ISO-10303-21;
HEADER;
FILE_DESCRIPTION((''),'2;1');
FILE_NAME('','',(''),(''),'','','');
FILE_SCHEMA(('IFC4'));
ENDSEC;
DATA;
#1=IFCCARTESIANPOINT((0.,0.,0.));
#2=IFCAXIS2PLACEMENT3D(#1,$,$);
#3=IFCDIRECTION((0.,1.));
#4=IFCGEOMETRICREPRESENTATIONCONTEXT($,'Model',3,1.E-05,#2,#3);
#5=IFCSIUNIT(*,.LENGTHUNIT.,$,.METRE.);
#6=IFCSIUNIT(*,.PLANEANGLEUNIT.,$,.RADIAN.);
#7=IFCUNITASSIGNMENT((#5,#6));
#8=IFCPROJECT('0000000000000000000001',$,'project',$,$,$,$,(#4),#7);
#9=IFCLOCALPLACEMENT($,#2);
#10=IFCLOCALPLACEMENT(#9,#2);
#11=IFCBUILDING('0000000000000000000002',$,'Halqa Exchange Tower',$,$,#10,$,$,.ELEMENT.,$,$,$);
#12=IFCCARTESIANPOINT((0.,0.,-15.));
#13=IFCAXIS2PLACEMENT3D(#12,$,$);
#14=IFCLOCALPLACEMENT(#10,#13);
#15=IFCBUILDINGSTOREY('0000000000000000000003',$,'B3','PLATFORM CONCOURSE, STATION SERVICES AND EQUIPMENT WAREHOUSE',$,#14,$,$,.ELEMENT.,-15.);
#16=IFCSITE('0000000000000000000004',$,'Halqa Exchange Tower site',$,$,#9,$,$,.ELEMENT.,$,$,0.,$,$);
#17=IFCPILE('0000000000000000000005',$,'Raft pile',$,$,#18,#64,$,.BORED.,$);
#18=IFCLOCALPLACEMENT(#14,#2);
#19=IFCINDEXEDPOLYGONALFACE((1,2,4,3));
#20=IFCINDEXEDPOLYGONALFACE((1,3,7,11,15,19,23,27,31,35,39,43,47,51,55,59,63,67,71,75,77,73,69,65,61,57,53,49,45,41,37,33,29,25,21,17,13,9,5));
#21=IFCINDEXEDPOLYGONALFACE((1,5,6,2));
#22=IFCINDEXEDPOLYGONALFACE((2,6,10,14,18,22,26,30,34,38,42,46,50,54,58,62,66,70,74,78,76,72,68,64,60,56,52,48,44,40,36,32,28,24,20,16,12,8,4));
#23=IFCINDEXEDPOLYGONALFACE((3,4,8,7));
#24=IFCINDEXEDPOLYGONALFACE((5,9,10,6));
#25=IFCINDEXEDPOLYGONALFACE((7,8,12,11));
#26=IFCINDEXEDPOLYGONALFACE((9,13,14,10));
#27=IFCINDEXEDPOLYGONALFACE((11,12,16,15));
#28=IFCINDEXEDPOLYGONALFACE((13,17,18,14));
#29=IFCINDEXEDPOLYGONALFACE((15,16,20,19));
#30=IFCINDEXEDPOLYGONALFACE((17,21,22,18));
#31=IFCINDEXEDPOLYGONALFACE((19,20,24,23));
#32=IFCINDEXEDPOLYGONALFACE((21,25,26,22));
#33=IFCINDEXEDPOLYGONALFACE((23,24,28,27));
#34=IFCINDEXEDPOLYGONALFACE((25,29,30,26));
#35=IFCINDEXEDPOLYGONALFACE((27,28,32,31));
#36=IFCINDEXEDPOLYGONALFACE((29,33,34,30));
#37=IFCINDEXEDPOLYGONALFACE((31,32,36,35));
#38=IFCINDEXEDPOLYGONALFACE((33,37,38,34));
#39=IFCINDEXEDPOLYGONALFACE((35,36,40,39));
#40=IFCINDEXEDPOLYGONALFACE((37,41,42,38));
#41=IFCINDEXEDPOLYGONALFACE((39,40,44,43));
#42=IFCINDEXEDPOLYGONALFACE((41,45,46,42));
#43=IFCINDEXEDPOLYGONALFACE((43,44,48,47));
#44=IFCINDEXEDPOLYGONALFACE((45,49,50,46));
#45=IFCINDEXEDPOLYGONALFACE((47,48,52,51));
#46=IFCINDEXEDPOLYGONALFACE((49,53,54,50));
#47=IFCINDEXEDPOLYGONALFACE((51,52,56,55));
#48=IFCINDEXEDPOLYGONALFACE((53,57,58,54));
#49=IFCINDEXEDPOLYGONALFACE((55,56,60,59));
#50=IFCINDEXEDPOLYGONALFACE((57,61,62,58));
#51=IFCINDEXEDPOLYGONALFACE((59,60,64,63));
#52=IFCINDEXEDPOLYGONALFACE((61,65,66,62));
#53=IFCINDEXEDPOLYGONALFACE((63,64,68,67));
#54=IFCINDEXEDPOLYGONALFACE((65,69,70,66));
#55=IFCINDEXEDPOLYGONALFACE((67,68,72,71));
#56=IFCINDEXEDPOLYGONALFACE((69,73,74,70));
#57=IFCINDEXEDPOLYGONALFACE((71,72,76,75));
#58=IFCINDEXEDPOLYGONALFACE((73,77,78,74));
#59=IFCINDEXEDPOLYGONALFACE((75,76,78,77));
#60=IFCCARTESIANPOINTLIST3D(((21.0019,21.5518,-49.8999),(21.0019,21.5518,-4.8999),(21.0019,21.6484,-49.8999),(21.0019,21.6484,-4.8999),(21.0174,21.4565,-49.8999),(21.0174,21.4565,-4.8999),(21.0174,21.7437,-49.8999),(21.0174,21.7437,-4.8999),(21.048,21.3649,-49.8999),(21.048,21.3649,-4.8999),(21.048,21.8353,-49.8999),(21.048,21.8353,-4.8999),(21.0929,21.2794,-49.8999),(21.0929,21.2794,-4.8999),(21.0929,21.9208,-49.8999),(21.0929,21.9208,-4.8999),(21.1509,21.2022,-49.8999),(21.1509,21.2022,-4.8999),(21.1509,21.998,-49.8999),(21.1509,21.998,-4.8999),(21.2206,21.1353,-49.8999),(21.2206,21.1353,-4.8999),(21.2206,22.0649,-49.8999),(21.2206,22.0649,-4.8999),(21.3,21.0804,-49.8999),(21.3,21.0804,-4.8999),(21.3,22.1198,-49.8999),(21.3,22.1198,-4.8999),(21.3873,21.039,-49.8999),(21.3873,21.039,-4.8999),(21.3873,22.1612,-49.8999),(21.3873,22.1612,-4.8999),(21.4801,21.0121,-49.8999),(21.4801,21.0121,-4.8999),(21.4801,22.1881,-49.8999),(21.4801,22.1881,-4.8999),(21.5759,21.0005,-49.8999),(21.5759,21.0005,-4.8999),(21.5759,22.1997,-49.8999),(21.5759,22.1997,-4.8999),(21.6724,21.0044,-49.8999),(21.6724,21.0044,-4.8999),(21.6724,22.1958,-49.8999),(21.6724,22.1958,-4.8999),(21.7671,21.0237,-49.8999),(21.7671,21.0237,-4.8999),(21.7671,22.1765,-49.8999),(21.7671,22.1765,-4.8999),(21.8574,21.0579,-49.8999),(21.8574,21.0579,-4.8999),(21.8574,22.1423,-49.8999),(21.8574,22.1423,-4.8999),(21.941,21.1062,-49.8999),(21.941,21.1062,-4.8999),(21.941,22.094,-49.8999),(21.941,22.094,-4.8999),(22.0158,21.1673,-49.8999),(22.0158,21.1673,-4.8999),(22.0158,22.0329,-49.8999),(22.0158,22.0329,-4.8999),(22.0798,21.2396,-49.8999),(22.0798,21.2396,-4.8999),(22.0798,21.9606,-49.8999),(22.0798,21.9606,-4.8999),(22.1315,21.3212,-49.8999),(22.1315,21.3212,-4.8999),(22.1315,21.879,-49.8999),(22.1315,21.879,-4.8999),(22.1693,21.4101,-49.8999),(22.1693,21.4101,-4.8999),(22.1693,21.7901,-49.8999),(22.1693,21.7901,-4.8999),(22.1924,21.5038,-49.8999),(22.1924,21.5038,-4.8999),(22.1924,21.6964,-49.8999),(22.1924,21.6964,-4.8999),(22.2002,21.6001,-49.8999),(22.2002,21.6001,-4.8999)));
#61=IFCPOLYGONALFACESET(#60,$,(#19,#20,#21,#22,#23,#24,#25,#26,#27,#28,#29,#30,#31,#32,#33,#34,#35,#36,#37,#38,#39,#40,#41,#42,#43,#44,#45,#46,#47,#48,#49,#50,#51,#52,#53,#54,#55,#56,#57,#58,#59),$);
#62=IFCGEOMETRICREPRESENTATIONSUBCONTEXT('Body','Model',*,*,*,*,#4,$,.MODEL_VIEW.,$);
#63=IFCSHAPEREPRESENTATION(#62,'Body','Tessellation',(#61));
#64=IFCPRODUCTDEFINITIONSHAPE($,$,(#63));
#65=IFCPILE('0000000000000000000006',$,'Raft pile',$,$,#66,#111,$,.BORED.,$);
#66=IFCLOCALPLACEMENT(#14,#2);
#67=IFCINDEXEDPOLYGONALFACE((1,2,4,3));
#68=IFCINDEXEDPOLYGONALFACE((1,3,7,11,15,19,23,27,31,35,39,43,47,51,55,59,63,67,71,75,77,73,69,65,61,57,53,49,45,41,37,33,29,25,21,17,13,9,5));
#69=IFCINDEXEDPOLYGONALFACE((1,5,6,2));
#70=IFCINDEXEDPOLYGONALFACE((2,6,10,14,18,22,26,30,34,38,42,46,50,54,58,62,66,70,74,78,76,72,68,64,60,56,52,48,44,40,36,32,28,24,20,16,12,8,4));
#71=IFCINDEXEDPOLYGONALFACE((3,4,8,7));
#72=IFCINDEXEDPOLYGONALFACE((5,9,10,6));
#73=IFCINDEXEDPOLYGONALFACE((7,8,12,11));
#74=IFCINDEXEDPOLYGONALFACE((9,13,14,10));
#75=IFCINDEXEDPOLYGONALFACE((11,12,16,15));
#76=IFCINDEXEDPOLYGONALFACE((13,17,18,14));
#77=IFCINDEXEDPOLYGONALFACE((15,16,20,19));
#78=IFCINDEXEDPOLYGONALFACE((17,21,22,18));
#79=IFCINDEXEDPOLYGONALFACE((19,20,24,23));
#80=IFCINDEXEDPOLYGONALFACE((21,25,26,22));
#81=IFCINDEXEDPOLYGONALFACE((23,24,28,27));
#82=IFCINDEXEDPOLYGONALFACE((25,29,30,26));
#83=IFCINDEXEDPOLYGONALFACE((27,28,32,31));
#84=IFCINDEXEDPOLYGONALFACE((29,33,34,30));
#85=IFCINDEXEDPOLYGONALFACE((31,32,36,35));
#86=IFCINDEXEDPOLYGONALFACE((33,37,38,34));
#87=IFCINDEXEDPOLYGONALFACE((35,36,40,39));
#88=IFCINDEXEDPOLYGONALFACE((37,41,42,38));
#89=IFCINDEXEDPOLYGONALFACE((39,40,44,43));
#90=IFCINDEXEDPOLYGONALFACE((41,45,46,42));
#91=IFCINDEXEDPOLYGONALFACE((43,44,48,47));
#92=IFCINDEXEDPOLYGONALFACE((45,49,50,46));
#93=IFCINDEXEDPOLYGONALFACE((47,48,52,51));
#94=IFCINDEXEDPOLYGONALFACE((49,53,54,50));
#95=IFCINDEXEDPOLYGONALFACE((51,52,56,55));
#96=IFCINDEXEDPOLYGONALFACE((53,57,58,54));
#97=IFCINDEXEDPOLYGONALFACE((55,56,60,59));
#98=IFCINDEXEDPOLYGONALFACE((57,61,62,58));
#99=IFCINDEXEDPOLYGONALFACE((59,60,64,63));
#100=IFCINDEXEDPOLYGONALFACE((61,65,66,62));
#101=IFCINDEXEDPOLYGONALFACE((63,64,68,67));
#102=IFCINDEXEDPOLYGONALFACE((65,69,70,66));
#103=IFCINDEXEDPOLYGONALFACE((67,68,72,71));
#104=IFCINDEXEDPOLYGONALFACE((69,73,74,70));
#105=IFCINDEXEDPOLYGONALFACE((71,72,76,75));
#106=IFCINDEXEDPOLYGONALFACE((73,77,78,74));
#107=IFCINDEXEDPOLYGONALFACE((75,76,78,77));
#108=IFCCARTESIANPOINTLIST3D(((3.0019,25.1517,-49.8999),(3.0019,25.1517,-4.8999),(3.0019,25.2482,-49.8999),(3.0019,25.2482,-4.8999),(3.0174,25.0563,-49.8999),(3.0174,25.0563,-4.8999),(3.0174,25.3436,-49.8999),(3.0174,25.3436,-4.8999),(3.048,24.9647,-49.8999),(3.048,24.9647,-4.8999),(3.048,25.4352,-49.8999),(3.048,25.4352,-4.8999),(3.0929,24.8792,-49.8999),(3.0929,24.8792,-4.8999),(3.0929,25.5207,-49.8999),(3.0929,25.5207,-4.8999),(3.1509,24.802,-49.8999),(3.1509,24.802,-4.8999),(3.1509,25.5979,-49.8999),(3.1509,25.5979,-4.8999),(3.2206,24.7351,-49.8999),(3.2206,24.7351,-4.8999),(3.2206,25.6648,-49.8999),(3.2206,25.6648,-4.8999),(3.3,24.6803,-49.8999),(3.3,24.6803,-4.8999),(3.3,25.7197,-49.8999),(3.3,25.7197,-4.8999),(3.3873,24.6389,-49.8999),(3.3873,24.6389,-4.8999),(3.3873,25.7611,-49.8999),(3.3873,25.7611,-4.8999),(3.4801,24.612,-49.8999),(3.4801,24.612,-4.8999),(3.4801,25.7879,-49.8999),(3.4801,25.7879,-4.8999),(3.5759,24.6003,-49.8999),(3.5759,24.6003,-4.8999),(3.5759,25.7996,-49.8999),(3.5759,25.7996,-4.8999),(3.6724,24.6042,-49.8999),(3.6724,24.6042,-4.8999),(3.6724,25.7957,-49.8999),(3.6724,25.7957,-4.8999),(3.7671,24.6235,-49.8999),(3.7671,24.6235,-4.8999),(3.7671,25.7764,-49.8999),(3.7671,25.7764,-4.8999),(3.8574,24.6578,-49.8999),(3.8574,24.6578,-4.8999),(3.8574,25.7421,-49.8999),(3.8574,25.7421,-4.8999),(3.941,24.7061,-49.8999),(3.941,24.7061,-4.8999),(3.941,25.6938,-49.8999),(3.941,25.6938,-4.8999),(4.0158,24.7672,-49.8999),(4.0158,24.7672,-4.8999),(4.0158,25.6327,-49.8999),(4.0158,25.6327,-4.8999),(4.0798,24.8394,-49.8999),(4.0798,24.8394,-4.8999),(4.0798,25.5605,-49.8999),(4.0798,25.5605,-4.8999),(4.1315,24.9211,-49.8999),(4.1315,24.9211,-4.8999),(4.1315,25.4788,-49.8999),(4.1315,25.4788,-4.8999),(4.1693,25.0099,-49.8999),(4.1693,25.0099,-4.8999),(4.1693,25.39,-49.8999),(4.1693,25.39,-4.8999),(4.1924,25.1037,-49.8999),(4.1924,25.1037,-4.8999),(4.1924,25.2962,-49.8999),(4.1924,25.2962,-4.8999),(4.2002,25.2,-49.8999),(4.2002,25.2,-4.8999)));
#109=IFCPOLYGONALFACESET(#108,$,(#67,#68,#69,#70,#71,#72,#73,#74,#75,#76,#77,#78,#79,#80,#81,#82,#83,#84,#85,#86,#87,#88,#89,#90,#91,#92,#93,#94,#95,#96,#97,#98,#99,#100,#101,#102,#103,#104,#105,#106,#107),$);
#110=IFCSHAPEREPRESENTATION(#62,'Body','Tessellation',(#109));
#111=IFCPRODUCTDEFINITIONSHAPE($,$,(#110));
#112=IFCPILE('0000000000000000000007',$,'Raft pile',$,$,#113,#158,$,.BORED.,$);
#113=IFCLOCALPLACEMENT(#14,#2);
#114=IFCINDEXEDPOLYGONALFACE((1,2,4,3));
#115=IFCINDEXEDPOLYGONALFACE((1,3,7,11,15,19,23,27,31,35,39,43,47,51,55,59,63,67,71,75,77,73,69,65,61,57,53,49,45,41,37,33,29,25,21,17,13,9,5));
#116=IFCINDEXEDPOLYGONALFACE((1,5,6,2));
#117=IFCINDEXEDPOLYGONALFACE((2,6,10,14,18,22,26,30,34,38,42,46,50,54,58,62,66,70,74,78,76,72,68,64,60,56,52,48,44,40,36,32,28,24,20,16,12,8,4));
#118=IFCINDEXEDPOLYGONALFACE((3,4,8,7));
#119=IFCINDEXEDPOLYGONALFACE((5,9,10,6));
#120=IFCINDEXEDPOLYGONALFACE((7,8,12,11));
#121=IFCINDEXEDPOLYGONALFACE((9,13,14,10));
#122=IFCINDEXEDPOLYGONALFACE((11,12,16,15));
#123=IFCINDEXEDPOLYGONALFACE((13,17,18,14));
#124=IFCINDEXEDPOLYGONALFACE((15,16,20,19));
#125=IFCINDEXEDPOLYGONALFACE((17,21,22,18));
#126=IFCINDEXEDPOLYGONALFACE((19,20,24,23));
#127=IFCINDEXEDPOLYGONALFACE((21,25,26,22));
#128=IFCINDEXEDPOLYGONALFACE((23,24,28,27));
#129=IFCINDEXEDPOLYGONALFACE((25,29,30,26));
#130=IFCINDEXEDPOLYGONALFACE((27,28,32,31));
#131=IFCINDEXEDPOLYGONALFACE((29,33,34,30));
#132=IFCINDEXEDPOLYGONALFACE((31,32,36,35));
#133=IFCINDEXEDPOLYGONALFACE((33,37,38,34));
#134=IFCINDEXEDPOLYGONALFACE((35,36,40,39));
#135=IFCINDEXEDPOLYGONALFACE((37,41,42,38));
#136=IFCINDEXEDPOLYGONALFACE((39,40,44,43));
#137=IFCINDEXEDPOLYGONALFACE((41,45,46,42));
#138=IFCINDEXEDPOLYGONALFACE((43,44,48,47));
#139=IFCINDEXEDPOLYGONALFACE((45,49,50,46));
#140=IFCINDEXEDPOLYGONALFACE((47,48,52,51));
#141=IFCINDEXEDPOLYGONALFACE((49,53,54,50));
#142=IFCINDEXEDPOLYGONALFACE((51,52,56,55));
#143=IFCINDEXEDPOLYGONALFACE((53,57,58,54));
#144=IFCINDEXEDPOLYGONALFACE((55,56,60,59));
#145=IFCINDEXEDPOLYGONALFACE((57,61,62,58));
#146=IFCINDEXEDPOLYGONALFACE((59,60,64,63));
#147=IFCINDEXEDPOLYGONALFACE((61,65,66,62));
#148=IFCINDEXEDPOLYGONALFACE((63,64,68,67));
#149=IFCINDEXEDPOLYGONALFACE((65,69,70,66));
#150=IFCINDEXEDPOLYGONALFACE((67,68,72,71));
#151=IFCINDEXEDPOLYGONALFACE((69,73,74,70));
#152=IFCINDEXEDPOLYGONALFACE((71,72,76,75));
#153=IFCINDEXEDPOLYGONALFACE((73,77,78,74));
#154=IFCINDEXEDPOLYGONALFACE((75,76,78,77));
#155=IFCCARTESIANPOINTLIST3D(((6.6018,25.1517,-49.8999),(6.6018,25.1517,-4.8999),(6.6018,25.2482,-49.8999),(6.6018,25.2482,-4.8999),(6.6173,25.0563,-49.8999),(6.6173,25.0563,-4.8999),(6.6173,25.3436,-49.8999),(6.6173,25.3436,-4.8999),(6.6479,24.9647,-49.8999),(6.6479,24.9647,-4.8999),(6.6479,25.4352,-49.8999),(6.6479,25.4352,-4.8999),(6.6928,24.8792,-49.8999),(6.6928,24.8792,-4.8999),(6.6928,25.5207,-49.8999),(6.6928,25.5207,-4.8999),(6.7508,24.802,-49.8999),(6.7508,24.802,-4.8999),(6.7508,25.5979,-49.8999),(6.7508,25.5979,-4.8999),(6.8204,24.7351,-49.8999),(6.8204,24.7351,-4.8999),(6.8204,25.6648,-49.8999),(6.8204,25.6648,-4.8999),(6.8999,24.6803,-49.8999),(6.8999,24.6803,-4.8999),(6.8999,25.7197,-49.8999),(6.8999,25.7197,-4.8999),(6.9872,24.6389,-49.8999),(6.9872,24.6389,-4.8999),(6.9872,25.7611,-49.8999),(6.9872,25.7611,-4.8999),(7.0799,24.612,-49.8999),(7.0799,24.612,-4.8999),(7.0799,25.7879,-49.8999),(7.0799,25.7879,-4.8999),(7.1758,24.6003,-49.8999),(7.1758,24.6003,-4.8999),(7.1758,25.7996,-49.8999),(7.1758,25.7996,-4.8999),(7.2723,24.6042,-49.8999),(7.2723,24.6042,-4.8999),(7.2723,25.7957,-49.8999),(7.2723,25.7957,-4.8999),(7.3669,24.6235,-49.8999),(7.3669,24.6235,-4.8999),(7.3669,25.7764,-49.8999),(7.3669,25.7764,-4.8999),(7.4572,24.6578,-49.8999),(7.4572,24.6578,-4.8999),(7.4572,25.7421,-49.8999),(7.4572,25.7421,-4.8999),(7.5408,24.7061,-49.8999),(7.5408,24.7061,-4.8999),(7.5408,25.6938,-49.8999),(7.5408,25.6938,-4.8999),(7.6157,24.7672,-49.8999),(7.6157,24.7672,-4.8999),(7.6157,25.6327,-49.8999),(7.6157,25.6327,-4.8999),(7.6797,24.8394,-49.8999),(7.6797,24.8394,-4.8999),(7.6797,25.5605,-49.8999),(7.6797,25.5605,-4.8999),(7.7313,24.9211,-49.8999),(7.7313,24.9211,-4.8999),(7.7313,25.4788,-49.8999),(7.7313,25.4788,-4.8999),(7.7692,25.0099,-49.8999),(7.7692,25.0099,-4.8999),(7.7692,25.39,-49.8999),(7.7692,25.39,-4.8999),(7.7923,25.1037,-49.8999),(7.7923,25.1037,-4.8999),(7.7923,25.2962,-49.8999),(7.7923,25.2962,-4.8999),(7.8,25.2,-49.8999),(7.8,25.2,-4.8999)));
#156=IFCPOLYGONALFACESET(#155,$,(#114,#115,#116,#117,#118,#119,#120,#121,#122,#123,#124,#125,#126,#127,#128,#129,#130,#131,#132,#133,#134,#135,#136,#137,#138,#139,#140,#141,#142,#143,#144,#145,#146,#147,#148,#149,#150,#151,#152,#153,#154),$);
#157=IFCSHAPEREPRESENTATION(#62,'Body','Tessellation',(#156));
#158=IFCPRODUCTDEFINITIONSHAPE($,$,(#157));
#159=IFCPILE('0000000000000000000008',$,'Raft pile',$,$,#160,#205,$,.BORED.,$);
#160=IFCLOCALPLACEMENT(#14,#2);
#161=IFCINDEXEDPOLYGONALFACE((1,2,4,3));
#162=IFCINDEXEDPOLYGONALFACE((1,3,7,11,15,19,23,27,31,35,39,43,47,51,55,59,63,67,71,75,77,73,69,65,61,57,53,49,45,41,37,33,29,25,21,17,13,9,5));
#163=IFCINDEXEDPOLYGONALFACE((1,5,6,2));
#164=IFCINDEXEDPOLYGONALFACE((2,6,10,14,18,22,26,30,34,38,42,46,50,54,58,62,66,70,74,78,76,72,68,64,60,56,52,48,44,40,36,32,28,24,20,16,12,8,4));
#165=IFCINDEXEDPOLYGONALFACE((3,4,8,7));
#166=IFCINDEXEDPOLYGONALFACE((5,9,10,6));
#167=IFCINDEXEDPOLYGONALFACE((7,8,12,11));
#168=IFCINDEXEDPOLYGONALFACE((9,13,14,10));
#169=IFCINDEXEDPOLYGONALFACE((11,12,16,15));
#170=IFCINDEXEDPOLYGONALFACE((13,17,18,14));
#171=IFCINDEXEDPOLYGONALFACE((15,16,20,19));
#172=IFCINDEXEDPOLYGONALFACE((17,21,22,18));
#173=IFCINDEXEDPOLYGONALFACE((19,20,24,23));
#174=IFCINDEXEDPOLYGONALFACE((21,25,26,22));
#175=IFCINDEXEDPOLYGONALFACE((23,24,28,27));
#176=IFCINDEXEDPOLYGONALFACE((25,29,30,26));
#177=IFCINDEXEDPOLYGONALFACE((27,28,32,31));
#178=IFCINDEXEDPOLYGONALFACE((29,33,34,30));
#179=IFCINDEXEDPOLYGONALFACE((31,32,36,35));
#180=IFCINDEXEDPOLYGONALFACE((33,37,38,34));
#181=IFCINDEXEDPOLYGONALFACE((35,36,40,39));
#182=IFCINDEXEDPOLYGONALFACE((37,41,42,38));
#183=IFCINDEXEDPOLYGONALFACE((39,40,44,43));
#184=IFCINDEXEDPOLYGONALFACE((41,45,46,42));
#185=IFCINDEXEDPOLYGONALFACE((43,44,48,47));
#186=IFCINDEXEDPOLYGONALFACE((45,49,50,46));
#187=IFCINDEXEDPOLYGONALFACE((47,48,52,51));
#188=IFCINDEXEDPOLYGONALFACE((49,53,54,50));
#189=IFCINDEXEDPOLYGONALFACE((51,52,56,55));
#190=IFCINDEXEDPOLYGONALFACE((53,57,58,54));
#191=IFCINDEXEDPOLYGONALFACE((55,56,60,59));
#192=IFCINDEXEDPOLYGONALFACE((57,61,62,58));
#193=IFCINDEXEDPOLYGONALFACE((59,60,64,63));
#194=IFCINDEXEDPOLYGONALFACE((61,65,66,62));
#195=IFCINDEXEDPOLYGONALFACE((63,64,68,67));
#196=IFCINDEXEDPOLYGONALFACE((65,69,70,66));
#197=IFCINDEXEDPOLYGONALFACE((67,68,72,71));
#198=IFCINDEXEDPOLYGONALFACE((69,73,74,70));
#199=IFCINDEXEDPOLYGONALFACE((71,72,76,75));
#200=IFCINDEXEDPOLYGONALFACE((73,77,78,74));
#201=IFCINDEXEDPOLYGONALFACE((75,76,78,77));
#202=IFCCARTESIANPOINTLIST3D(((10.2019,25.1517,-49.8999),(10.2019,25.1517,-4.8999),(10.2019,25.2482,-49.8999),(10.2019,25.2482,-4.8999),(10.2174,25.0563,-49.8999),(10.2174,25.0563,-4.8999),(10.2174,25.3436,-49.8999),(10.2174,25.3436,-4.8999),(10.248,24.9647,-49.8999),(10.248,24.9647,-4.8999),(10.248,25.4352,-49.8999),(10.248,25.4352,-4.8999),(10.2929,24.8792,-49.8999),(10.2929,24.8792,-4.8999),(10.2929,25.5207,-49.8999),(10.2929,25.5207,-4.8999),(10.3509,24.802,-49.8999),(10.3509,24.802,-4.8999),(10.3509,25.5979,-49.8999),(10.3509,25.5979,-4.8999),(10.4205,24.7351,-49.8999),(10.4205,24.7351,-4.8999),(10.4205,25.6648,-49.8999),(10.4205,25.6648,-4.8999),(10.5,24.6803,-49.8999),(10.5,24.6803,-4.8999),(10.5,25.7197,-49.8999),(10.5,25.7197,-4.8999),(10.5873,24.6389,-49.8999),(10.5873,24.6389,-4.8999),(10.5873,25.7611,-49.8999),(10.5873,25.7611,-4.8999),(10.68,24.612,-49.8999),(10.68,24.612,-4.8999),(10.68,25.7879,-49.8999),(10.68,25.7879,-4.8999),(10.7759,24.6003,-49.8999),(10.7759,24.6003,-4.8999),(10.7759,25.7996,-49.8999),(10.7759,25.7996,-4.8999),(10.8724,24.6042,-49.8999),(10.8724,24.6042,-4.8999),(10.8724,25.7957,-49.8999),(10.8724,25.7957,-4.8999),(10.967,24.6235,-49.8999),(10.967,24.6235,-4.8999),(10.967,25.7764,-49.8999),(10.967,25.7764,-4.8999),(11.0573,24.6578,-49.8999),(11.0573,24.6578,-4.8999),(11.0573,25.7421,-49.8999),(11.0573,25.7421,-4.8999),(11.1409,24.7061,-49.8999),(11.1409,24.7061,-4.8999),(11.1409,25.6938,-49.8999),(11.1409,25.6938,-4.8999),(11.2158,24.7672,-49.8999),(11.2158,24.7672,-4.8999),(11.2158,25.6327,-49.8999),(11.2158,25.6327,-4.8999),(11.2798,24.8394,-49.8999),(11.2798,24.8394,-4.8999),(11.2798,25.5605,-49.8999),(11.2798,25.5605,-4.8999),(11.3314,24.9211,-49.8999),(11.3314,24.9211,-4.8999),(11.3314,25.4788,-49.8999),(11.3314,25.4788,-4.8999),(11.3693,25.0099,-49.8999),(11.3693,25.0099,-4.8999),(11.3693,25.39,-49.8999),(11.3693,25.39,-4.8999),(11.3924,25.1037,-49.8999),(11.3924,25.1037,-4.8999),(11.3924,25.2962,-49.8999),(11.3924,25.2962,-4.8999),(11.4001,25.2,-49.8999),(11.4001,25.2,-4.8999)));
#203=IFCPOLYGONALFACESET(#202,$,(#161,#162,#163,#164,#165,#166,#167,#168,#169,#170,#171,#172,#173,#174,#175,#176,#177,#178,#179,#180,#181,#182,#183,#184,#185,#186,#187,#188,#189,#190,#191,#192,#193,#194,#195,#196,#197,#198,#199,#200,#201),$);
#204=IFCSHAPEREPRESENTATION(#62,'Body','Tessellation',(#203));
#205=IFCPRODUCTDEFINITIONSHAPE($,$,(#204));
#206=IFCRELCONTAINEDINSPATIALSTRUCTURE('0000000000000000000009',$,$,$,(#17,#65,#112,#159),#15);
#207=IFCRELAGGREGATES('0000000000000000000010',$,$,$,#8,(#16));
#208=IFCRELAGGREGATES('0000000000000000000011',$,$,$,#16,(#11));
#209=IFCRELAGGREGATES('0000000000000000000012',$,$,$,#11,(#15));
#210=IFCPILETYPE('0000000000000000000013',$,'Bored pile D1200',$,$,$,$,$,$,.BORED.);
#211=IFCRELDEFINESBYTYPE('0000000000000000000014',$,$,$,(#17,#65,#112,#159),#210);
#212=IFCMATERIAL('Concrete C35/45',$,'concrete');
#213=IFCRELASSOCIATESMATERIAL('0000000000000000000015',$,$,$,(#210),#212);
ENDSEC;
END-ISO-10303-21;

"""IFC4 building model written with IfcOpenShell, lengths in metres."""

from ifc_helpers import new_model, si_unit, direction, frame, origin, origin_2d, place, context, subcontext, project, spatial, circle, extrude, material, material_profile, profile_set, type_object, element, save


model = new_model("IFC4")

# Units and contexts
model_context = context("Model", 3, precision=1e-05, world=origin(), true_north=direction((0.0, 1.0)))
body_context = subcontext(model_context, "Body", "Model", "MODEL_VIEW")
ifc_project = project(units=[si_unit("LENGTHUNIT", "METRE"), si_unit("PLANEANGLEUNIT", "RADIAN")], contexts=[model_context])

# Site, building, storey
site_placement = place(None, origin())
site = spatial("IfcSite", under=ifc_project, at=site_placement, Name="Halqa Exchange Tower site", CompositionType="ELEMENT", RefElevation=0.0)
building_placement = place(site_placement, origin())
building = spatial("IfcBuilding", under=site, at=building_placement, Name="Halqa Exchange Tower", CompositionType="ELEMENT")
storey_placement = place(building_placement, frame((0.0, 0.0, -15.0)))
storey = spatial("IfcBuildingStorey", under=building, at=storey_placement, Name="B3", Description="PLATFORM CONCOURSE, STATION SERVICES AND EQUIPMENT WAREHOUSE", CompositionType="ELEMENT", Elevation=-15.0)

# Piles
ifc_material_1 = material(Name="Concrete C35/45", Category="concrete")
ifc_material_profile_1 = material_profile(ifc_material_1, circle(Radius=0.6001, at=origin_2d()), Name="D1200")
ifc_profile_set_1 = profile_set([ifc_material_profile_1], Name="Concrete C35/45")
pile_type_1 = type_object("IfcPileType", Name="Bored pile D1200", PredefinedType="BORED", material=ifc_profile_set_1)
for number, where, z_axis, x_axis, name in (
    (1, (21.6001, 21.6001, -4.8999), (0.0, 0.0, -1.0), (1.0, 0.0, 0.0), "Raft pile"),
    (2, (3.6001, 25.2, -4.8999), (0.0, 0.0, -1.0), (1.0, 0.0, 0.0), "Raft pile"),
    (3, (7.2, 25.2, -4.8999), (0.0, 0.0, -1.0), (1.0, 0.0, 0.0), "Raft pile"),
    (4, (10.8, 25.2, -4.8999), (0.0, 0.0, -1.0), (1.0, 0.0, 0.0), "Raft pile"),
):
    element("IfcPile", number, at=place(storey_placement, frame(where, z_axis=z_axis, x_axis=x_axis)), inside=storey, type_object=pile_type_1, Name=name, PredefinedType="BORED", context=body_context, shape_type="SweptSolid", body=[
        extrude(circle(Radius=0.6001, at=origin_2d()), origin(), (0.0, 0.0, 1.0), 45.0),
    ])

save(model, "model.ifc")
